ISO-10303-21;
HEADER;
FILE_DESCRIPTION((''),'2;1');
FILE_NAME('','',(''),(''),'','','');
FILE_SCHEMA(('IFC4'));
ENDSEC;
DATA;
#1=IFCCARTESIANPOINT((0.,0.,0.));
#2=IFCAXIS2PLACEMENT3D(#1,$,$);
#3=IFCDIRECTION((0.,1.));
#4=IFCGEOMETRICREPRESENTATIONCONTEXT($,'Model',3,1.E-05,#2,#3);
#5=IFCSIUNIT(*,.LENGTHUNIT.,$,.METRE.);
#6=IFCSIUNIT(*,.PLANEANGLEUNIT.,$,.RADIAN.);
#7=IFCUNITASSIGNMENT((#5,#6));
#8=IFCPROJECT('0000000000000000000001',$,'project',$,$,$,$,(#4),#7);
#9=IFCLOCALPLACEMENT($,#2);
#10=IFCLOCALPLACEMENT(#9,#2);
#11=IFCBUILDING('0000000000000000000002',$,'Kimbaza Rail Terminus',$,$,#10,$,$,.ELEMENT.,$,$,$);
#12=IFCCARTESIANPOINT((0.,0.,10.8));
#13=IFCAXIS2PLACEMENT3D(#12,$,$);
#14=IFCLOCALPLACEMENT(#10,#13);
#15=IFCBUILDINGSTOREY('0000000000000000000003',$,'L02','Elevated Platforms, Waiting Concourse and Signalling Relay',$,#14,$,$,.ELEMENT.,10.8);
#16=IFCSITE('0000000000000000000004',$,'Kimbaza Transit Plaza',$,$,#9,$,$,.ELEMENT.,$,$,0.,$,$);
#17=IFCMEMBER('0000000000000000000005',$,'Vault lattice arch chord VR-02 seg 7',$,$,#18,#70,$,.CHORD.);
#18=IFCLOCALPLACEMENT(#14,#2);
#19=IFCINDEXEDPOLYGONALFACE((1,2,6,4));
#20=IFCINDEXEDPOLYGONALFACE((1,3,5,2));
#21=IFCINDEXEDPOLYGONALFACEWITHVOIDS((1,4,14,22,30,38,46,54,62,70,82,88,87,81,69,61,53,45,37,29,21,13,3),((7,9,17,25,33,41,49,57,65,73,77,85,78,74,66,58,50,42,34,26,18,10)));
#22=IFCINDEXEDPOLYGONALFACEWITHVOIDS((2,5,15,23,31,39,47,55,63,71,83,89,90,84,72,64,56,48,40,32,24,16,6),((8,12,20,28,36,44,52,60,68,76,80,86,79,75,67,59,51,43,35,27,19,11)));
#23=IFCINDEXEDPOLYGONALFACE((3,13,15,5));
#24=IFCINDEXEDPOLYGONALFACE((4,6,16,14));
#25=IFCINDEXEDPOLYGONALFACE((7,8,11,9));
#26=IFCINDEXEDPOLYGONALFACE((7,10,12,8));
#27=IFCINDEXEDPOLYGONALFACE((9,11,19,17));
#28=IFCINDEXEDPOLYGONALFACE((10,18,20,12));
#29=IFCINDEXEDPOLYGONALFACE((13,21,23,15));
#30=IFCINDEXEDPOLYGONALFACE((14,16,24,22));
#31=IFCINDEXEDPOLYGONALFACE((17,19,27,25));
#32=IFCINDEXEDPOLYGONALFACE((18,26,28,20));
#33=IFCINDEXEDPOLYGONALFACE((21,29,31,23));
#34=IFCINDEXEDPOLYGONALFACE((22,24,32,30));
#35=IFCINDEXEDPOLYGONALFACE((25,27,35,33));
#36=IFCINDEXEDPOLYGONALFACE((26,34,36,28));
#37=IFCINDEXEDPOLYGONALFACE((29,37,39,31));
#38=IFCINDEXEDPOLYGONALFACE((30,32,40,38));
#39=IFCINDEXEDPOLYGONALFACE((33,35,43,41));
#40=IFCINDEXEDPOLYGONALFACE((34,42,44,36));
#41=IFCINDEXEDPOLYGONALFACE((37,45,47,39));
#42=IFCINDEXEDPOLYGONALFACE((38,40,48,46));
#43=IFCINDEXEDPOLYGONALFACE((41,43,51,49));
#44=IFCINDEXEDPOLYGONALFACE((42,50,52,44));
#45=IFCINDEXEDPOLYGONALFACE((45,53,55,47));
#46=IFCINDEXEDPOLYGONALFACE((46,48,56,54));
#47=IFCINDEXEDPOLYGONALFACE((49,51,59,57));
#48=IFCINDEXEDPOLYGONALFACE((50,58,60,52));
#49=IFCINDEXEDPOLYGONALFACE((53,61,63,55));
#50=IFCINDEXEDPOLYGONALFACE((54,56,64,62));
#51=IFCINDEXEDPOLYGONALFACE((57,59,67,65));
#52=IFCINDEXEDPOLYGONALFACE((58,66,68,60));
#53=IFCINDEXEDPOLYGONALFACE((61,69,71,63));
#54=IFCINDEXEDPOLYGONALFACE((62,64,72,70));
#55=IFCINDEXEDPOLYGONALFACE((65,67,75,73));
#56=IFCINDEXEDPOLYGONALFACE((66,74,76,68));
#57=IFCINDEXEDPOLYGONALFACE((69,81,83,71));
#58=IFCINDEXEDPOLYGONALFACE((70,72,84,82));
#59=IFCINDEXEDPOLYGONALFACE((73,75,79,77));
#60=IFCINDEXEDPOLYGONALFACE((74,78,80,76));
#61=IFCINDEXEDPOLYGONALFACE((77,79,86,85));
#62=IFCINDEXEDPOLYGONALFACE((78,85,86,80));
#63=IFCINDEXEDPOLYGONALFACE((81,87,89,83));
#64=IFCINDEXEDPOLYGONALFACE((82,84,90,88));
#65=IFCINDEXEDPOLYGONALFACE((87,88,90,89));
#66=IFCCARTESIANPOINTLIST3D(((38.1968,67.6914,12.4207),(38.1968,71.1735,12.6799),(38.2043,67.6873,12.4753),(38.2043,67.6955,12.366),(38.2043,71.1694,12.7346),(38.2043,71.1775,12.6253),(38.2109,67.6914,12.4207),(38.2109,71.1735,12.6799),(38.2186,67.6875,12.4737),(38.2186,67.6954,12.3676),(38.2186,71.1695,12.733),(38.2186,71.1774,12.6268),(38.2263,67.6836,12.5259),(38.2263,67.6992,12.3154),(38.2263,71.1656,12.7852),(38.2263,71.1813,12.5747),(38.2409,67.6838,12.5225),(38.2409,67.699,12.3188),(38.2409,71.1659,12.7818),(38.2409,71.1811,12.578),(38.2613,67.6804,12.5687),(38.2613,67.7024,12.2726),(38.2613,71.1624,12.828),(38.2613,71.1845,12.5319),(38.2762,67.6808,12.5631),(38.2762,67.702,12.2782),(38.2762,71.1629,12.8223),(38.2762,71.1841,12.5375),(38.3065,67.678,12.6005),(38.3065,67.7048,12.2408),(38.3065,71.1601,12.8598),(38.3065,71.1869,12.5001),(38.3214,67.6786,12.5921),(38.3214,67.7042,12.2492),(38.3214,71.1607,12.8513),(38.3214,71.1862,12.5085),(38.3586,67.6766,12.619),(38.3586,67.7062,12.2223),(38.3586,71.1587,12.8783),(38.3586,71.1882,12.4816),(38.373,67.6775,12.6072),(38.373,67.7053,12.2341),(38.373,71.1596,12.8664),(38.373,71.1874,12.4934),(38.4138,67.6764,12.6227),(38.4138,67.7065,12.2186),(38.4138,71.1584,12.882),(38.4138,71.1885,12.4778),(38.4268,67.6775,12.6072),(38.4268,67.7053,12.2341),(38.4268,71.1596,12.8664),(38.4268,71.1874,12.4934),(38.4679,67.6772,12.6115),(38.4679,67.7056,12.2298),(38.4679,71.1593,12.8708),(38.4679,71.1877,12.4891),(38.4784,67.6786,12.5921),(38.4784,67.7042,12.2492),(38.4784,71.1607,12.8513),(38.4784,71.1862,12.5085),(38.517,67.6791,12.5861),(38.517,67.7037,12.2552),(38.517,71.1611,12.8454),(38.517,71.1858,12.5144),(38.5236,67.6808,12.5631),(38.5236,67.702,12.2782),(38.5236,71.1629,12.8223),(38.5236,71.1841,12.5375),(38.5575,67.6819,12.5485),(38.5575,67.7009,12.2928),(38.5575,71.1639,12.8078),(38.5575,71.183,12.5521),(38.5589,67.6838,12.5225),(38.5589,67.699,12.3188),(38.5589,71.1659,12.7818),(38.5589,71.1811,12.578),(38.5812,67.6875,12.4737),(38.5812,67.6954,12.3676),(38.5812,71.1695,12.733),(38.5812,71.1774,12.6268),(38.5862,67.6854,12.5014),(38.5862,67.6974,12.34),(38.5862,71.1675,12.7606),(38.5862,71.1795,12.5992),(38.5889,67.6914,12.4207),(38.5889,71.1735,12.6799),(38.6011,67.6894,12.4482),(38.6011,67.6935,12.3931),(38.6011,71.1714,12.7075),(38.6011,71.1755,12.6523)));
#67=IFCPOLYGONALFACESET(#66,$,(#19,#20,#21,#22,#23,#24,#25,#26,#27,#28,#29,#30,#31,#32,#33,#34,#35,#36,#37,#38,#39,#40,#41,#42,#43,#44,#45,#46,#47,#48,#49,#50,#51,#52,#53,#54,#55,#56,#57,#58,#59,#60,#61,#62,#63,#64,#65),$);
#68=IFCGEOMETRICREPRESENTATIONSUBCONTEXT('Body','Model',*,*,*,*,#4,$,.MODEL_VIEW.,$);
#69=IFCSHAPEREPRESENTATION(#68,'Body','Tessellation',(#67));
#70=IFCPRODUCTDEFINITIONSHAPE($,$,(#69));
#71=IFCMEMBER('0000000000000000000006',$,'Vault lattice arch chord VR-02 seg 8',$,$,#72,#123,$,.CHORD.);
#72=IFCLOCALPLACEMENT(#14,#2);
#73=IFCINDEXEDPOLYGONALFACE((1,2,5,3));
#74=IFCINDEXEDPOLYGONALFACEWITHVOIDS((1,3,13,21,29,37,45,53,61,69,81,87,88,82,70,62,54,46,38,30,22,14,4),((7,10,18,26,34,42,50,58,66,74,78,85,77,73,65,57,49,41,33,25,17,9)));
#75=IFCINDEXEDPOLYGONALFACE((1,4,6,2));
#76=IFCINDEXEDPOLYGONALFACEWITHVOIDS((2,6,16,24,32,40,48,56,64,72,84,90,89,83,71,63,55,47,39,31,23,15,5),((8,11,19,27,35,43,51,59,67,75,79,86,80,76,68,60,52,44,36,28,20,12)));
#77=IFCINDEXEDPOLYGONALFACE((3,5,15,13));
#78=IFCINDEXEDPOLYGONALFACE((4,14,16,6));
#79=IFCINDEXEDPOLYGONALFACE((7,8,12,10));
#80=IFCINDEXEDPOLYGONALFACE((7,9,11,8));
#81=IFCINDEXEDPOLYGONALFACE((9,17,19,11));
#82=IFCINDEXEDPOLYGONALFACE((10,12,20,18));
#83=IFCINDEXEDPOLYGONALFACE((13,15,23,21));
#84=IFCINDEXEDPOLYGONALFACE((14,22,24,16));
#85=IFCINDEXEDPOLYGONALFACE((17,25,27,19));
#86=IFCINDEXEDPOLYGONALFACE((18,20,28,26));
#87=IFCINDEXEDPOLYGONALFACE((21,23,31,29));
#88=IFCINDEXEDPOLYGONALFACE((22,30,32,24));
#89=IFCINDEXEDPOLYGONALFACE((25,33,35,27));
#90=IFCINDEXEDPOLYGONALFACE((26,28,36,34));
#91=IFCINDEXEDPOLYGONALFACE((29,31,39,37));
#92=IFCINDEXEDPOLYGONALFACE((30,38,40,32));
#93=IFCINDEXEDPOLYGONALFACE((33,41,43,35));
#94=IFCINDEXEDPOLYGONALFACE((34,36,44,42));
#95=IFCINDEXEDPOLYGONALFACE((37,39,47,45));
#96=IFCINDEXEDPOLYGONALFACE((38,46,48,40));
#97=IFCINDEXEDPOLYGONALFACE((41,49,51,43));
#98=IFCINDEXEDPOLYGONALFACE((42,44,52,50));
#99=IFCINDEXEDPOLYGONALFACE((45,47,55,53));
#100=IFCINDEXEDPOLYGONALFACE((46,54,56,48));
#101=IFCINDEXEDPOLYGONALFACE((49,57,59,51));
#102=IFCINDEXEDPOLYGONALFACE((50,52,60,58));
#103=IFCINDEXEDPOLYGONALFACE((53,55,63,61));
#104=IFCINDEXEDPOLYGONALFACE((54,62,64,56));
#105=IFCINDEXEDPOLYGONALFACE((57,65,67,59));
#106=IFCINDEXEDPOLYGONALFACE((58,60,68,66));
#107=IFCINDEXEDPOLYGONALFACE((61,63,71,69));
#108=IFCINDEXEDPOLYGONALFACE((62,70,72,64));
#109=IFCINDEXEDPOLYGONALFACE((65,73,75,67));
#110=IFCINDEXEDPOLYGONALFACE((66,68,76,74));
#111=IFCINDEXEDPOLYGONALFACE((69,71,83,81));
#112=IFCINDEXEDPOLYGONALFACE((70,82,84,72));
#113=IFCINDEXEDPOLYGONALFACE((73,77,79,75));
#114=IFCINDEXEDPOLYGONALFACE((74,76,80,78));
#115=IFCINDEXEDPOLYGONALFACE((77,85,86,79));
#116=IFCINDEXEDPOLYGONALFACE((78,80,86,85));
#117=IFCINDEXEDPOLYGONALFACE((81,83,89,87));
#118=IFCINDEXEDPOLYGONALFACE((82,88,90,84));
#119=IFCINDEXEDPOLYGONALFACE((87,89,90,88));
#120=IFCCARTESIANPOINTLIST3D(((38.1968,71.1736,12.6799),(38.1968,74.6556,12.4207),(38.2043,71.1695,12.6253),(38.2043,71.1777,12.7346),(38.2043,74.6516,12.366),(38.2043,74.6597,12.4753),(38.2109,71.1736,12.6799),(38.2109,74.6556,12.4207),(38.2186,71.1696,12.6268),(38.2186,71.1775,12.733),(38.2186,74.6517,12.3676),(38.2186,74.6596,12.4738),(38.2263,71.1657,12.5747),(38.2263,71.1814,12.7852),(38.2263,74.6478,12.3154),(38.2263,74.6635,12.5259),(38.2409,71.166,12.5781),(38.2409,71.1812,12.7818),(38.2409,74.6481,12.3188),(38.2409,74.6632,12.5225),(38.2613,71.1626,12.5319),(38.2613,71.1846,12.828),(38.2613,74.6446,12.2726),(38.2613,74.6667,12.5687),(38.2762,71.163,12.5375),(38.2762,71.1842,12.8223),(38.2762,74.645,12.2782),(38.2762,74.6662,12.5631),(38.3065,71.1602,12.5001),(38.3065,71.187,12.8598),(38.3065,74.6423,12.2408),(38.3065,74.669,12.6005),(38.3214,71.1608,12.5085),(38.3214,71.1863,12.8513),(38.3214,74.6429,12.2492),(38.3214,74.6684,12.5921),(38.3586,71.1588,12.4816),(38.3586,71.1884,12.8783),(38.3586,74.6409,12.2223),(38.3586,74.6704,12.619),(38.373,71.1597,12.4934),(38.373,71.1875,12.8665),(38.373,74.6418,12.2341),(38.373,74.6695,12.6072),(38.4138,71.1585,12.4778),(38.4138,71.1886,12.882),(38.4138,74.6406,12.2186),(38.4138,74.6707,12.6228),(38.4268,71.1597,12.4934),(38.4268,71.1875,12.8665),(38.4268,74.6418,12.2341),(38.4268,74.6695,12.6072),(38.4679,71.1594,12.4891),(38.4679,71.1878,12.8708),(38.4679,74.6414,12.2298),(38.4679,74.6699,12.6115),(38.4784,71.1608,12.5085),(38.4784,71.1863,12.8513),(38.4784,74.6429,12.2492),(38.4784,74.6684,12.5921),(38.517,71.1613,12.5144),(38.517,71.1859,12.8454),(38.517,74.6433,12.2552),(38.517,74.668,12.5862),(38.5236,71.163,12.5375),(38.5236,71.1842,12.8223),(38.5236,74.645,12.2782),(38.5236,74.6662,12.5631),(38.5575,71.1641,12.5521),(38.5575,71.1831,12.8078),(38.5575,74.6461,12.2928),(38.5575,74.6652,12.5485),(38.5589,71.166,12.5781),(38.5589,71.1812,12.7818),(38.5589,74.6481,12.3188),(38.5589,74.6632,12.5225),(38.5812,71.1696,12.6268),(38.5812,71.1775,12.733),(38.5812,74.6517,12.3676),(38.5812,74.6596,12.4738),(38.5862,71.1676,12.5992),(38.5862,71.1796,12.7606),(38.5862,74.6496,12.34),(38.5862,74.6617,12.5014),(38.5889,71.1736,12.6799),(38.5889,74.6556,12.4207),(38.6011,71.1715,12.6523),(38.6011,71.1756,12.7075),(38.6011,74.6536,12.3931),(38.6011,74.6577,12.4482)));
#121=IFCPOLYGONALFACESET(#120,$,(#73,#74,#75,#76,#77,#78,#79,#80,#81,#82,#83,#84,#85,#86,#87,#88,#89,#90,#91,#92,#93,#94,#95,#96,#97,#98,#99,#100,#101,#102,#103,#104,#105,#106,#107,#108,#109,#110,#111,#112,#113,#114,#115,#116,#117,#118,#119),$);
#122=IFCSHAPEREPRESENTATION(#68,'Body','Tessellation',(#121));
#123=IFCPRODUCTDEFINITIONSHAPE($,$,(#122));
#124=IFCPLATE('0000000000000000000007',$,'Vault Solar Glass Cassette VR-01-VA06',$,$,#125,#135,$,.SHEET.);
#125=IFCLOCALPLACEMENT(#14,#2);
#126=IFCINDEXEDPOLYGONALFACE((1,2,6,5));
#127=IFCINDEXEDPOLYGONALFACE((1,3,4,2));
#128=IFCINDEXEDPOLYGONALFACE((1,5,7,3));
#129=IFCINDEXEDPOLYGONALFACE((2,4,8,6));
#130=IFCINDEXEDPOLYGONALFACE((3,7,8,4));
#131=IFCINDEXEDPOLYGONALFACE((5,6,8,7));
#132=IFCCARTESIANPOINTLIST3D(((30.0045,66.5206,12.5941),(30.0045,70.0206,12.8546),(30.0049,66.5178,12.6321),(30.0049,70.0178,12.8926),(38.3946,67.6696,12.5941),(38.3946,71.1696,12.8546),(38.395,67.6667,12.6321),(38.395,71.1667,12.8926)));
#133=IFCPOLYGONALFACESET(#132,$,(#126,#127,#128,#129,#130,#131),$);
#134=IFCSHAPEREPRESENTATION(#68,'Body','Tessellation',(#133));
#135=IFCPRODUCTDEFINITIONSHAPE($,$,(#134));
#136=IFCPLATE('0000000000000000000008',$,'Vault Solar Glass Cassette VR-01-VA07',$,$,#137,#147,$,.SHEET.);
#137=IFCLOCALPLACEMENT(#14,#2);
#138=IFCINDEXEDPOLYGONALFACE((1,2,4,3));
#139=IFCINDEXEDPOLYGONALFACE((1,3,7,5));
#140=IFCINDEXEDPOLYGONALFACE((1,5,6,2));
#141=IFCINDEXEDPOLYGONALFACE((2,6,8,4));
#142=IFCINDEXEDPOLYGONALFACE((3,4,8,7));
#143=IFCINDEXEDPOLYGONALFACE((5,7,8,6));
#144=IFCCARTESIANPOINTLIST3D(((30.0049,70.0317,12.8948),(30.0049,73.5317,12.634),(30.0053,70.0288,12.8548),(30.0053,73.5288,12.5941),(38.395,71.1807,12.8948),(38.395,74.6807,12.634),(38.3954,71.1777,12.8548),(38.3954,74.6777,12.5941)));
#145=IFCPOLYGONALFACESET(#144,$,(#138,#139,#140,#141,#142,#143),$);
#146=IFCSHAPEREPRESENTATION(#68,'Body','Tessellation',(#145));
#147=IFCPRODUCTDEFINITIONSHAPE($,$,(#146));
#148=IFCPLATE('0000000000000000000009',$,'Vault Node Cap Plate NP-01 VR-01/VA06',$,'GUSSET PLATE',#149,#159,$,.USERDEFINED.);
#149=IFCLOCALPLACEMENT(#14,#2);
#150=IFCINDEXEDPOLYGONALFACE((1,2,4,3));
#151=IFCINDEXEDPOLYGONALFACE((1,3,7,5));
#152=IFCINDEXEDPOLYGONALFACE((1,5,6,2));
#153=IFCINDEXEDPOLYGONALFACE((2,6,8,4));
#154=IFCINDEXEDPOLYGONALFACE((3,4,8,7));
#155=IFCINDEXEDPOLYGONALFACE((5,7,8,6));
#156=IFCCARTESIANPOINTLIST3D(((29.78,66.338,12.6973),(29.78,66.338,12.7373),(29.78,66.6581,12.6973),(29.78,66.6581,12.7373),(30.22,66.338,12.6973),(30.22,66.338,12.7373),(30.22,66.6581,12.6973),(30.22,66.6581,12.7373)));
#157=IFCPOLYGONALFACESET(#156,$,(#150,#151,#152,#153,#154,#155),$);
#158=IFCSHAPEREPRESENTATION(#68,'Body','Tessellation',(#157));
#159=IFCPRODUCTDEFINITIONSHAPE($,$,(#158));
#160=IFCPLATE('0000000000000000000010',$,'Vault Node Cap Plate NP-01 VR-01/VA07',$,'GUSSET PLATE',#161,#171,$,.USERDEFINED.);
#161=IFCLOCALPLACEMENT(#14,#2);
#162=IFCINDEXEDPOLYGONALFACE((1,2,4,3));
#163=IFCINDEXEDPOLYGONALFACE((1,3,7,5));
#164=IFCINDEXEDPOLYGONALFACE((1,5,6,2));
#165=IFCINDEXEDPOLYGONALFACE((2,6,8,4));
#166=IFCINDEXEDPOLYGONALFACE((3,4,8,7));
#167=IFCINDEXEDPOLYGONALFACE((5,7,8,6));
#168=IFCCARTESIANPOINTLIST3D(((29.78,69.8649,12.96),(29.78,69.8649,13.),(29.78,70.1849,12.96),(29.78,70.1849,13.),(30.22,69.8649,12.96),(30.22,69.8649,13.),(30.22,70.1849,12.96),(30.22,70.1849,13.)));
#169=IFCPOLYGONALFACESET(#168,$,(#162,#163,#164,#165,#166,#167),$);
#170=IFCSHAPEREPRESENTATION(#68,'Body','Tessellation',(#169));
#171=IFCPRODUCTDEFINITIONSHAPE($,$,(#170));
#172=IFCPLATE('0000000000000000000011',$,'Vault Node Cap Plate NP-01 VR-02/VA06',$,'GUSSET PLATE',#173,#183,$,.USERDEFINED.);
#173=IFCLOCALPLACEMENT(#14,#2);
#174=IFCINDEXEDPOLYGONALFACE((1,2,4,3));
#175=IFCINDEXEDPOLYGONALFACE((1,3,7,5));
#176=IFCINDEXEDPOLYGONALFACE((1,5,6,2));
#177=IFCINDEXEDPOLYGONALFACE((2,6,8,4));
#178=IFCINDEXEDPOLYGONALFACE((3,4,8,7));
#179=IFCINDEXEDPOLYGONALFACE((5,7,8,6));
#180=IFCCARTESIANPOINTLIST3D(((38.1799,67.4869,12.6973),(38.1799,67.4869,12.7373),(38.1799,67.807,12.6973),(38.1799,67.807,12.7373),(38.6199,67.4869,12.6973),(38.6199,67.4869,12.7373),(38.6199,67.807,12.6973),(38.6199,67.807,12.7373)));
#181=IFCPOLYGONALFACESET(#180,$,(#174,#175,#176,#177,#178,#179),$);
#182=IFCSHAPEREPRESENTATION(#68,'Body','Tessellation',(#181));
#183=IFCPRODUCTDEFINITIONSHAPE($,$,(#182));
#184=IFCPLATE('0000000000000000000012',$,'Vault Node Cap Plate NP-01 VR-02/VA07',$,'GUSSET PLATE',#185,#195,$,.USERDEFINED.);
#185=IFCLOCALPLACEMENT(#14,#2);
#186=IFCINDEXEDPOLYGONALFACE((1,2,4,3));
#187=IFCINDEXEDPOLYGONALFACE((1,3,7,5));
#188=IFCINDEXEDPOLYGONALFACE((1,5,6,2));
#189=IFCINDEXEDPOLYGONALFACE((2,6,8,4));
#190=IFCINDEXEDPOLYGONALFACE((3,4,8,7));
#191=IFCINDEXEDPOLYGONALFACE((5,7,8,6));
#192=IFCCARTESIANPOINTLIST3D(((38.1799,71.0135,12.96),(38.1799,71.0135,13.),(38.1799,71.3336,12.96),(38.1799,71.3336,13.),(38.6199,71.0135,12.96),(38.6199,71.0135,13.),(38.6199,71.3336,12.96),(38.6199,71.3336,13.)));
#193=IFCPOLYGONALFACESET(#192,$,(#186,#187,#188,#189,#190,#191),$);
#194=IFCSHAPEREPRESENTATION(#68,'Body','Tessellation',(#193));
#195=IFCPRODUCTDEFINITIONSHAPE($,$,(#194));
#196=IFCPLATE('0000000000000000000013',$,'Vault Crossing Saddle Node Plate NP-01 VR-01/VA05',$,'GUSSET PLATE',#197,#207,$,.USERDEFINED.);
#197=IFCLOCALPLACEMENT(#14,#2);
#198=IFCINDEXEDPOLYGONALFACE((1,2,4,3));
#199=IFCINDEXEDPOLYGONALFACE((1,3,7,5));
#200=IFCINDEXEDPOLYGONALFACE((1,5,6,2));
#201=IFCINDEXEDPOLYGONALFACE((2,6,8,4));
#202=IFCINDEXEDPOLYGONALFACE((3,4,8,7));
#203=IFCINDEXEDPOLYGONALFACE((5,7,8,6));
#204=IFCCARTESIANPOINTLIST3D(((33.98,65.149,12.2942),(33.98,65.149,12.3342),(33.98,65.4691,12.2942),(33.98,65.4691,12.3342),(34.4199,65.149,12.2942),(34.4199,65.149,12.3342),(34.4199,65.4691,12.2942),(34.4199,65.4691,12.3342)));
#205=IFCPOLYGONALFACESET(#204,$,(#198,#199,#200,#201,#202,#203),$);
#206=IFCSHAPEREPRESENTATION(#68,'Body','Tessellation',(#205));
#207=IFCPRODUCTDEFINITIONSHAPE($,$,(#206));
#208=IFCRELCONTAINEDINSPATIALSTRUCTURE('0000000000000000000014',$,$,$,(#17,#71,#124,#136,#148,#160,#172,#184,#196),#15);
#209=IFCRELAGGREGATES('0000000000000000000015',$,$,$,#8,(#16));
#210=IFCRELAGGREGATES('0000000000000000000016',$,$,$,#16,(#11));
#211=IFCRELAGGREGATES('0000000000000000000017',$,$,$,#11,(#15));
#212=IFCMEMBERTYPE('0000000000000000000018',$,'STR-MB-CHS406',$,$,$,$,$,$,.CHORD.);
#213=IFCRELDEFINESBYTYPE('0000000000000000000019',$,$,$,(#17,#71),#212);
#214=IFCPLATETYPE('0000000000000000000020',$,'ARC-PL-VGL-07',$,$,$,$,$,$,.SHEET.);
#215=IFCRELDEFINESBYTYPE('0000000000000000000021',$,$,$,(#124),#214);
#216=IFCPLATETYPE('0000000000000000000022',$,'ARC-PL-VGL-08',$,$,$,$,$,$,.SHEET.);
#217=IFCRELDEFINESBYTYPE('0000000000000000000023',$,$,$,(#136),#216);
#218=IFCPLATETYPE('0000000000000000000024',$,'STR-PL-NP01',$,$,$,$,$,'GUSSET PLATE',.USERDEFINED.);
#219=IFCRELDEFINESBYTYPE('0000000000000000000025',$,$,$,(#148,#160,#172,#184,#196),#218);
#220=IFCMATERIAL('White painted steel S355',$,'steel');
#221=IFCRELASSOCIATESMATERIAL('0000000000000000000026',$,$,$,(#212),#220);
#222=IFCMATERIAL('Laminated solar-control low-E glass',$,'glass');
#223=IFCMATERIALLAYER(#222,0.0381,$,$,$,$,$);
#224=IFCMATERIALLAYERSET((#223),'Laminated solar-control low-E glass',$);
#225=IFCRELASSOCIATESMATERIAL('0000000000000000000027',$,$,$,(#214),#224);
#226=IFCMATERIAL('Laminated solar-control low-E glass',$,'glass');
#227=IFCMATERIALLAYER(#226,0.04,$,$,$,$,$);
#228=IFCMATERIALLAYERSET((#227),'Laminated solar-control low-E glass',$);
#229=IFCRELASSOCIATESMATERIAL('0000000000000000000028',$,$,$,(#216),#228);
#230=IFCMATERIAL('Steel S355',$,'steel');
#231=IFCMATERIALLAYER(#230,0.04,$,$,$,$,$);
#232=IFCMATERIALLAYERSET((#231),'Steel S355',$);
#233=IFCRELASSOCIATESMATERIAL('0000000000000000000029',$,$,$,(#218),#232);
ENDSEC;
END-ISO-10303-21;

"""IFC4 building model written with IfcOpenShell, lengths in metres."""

from ifc_helpers import new_model, si_unit, direction, frame, origin, origin_2d, place, context, subcontext, project, spatial, polyline, rectangle, hollow_circle, outline, extrude, material, layer, layer_set, material_profile, profile_set, type_object, element, save


model = new_model("IFC4")

# Units and contexts
model_context = context("Model", 3, precision=1e-05, world=origin(), true_north=direction((0.0, 1.0)))
body_context = subcontext(model_context, "Body", "Model", "MODEL_VIEW")
ifc_project = project(units=[si_unit("LENGTHUNIT", "METRE"), si_unit("PLANEANGLEUNIT", "RADIAN")], contexts=[model_context])

# Site, building, storey
site_placement = place(None, origin())
site = spatial("IfcSite", under=ifc_project, at=site_placement, Name="Kimbaza Transit Plaza", CompositionType="ELEMENT", RefElevation=0.0)
building_placement = place(site_placement, origin())
building = spatial("IfcBuilding", under=site, at=building_placement, Name="Kimbaza Rail Terminus", CompositionType="ELEMENT")
storey_placement = place(building_placement, frame((0.0, 0.0, 10.8)))
storey = spatial("IfcBuildingStorey", under=building, at=storey_placement, Name="L02", Description="Elevated Platforms, Waiting Concourse and Signalling Relay", CompositionType="ELEMENT", Elevation=10.8)

# Members
ifc_material_1 = material(Name="White painted steel S355", Category="steel")
ifc_material_profile_1 = material_profile(ifc_material_1, hollow_circle(Radius=0.2031, WallThickness=0.0142, at=origin_2d()), Name="CHS 406.4x14.2")
ifc_profile_set_1 = profile_set([ifc_material_profile_1], Name="White painted steel S355")
member_type_1 = type_object("IfcMemberType", Name="STR-MB-CHS406", PredefinedType="CHORD", material=ifc_profile_set_1)
for number, where, z_axis, x_axis, name in (
    (1, (38.3999, 67.6914, 12.4207), (0.0, 0.997239, 0.074253), (-1.0, 0.0, 0.0), "Vault lattice arch chord VR-02 seg 7"),
    (2, (38.3999, 71.1736, 12.6799), (0.0, 0.997239, -0.074253), (-1.0, 0.0, 0.0), "Vault lattice arch chord VR-02 seg 8"),
):
    element("IfcMember", number, at=place(storey_placement, frame(where, z_axis=z_axis, x_axis=x_axis)), inside=storey, type_object=member_type_1, Name=name, PredefinedType="CHORD", context=body_context, shape_type="SweptSolid", body=[
        extrude(hollow_circle(Radius=0.2031, WallThickness=0.0142, at=origin_2d()), origin(), (0.0, 0.0, 1.0), 3.4917),
    ])

# Plates
ifc_material_2 = material(Name="Laminated solar-control low-E glass", Category="glass")
ifc_layer_1 = layer(ifc_material_2, 0.0381)
ifc_layer_set_1 = layer_set([ifc_layer_1], Name="Laminated solar-control low-E glass")
plate_type_1 = type_object("IfcPlateType", Name="ARC-PL-VGL-07", PredefinedType="SHEET", material=ifc_layer_set_1)
plate_1_placement = place(storey_placement, frame((30.0049, 66.5178, 12.6321), z_axis=(0.010163, -0.074219, 0.99719), x_axis=(0.990754, 0.135672, 0.0)))
element("IfcPlate", 3, at=plate_1_placement, inside=storey, type_object=plate_type_1, Name="Vault Solar Glass Cassette VR-01-VA06", PredefinedType="SHEET", context=body_context, shape_type="SweptSolid", body=[
    extrude(outline(polyline([(0.0, 0.0), (8.4684, 0.0), (8.9433, 3.4774), (0.4749, 3.4774), (0.0, 0.0)])), origin(), (0.0, 0.0, -1.0), 0.0381),
])
ifc_material_3 = material(Name="Laminated solar-control low-E glass", Category="glass")
ifc_layer_2 = layer(ifc_material_3, 0.04)
ifc_layer_set_2 = layer_set([ifc_layer_2], Name="Laminated solar-control low-E glass")
plate_type_2 = type_object("IfcPlateType", Name="ARC-PL-VGL-08", PredefinedType="SHEET", material=ifc_layer_set_2)
plate_2_placement = place(storey_placement, frame((30.0049, 70.0317, 12.8948), z_axis=(-0.010173, 0.074288, 0.997185), x_axis=(0.990754, 0.135672, 0.0)))
element("IfcPlate", 4, at=plate_2_placement, inside=storey, type_object=plate_type_2, Name="Vault Solar Glass Cassette VR-01-VA07", PredefinedType="SHEET", context=body_context, shape_type="SweptSolid", body=[
    extrude(outline(polyline([(0.0, 0.0), (8.4684, 0.0), (8.9433, 3.4774), (0.4749, 3.4774), (0.0, 0.0)])), origin(), (0.0, 0.0, -1.0), 0.04),
])
ifc_material_4 = material(Name="Steel S355", Category="steel")
ifc_layer_3 = layer(ifc_material_4, 0.04)
ifc_layer_set_3 = layer_set([ifc_layer_3], Name="Steel S355")
plate_type_3 = type_object("IfcPlateType", Name="STR-PL-NP01", ElementType="GUSSET PLATE", PredefinedType="USERDEFINED", material=ifc_layer_set_3)
for number, where, z_axis, x_axis, name in (
    (5, (30.0, 66.498, 12.6973), (0.0, 0.0, 1.0), (1.0, 0.0, 0.0), "Vault Node Cap Plate NP-01 VR-01/VA06"),
    (6, (30.0, 70.0249, 12.96), (0.0, 0.0, 1.0), (1.0, 0.0, 0.0), "Vault Node Cap Plate NP-01 VR-01/VA07"),
    (7, (38.3999, 67.647, 12.6973), (0.0, 0.0, 1.0), (1.0, 0.0, 0.0), "Vault Node Cap Plate NP-01 VR-02/VA06"),
    (8, (38.3999, 71.1736, 12.96), (0.0, 0.0, 1.0), (1.0, 0.0, 0.0), "Vault Node Cap Plate NP-01 VR-02/VA07"),
    (9, (34.2, 65.3091, 12.2942), (0.0, 0.0, 1.0), (1.0, 0.0, 0.0), "Vault Crossing Saddle Node Plate NP-01 VR-01/VA05"),
):
    element("IfcPlate", number, at=place(storey_placement, frame(where, z_axis=z_axis, x_axis=x_axis)), inside=storey, type_object=plate_type_3, Name=name, ObjectType="GUSSET PLATE", PredefinedType="USERDEFINED", context=body_context, shape_type="SweptSolid", body=[
        extrude(rectangle(XDim=0.4399, YDim=0.3201, at=origin_2d()), origin(), (0.0, 0.0, 1.0), 0.04),
    ])

save(model, "model.ifc")
